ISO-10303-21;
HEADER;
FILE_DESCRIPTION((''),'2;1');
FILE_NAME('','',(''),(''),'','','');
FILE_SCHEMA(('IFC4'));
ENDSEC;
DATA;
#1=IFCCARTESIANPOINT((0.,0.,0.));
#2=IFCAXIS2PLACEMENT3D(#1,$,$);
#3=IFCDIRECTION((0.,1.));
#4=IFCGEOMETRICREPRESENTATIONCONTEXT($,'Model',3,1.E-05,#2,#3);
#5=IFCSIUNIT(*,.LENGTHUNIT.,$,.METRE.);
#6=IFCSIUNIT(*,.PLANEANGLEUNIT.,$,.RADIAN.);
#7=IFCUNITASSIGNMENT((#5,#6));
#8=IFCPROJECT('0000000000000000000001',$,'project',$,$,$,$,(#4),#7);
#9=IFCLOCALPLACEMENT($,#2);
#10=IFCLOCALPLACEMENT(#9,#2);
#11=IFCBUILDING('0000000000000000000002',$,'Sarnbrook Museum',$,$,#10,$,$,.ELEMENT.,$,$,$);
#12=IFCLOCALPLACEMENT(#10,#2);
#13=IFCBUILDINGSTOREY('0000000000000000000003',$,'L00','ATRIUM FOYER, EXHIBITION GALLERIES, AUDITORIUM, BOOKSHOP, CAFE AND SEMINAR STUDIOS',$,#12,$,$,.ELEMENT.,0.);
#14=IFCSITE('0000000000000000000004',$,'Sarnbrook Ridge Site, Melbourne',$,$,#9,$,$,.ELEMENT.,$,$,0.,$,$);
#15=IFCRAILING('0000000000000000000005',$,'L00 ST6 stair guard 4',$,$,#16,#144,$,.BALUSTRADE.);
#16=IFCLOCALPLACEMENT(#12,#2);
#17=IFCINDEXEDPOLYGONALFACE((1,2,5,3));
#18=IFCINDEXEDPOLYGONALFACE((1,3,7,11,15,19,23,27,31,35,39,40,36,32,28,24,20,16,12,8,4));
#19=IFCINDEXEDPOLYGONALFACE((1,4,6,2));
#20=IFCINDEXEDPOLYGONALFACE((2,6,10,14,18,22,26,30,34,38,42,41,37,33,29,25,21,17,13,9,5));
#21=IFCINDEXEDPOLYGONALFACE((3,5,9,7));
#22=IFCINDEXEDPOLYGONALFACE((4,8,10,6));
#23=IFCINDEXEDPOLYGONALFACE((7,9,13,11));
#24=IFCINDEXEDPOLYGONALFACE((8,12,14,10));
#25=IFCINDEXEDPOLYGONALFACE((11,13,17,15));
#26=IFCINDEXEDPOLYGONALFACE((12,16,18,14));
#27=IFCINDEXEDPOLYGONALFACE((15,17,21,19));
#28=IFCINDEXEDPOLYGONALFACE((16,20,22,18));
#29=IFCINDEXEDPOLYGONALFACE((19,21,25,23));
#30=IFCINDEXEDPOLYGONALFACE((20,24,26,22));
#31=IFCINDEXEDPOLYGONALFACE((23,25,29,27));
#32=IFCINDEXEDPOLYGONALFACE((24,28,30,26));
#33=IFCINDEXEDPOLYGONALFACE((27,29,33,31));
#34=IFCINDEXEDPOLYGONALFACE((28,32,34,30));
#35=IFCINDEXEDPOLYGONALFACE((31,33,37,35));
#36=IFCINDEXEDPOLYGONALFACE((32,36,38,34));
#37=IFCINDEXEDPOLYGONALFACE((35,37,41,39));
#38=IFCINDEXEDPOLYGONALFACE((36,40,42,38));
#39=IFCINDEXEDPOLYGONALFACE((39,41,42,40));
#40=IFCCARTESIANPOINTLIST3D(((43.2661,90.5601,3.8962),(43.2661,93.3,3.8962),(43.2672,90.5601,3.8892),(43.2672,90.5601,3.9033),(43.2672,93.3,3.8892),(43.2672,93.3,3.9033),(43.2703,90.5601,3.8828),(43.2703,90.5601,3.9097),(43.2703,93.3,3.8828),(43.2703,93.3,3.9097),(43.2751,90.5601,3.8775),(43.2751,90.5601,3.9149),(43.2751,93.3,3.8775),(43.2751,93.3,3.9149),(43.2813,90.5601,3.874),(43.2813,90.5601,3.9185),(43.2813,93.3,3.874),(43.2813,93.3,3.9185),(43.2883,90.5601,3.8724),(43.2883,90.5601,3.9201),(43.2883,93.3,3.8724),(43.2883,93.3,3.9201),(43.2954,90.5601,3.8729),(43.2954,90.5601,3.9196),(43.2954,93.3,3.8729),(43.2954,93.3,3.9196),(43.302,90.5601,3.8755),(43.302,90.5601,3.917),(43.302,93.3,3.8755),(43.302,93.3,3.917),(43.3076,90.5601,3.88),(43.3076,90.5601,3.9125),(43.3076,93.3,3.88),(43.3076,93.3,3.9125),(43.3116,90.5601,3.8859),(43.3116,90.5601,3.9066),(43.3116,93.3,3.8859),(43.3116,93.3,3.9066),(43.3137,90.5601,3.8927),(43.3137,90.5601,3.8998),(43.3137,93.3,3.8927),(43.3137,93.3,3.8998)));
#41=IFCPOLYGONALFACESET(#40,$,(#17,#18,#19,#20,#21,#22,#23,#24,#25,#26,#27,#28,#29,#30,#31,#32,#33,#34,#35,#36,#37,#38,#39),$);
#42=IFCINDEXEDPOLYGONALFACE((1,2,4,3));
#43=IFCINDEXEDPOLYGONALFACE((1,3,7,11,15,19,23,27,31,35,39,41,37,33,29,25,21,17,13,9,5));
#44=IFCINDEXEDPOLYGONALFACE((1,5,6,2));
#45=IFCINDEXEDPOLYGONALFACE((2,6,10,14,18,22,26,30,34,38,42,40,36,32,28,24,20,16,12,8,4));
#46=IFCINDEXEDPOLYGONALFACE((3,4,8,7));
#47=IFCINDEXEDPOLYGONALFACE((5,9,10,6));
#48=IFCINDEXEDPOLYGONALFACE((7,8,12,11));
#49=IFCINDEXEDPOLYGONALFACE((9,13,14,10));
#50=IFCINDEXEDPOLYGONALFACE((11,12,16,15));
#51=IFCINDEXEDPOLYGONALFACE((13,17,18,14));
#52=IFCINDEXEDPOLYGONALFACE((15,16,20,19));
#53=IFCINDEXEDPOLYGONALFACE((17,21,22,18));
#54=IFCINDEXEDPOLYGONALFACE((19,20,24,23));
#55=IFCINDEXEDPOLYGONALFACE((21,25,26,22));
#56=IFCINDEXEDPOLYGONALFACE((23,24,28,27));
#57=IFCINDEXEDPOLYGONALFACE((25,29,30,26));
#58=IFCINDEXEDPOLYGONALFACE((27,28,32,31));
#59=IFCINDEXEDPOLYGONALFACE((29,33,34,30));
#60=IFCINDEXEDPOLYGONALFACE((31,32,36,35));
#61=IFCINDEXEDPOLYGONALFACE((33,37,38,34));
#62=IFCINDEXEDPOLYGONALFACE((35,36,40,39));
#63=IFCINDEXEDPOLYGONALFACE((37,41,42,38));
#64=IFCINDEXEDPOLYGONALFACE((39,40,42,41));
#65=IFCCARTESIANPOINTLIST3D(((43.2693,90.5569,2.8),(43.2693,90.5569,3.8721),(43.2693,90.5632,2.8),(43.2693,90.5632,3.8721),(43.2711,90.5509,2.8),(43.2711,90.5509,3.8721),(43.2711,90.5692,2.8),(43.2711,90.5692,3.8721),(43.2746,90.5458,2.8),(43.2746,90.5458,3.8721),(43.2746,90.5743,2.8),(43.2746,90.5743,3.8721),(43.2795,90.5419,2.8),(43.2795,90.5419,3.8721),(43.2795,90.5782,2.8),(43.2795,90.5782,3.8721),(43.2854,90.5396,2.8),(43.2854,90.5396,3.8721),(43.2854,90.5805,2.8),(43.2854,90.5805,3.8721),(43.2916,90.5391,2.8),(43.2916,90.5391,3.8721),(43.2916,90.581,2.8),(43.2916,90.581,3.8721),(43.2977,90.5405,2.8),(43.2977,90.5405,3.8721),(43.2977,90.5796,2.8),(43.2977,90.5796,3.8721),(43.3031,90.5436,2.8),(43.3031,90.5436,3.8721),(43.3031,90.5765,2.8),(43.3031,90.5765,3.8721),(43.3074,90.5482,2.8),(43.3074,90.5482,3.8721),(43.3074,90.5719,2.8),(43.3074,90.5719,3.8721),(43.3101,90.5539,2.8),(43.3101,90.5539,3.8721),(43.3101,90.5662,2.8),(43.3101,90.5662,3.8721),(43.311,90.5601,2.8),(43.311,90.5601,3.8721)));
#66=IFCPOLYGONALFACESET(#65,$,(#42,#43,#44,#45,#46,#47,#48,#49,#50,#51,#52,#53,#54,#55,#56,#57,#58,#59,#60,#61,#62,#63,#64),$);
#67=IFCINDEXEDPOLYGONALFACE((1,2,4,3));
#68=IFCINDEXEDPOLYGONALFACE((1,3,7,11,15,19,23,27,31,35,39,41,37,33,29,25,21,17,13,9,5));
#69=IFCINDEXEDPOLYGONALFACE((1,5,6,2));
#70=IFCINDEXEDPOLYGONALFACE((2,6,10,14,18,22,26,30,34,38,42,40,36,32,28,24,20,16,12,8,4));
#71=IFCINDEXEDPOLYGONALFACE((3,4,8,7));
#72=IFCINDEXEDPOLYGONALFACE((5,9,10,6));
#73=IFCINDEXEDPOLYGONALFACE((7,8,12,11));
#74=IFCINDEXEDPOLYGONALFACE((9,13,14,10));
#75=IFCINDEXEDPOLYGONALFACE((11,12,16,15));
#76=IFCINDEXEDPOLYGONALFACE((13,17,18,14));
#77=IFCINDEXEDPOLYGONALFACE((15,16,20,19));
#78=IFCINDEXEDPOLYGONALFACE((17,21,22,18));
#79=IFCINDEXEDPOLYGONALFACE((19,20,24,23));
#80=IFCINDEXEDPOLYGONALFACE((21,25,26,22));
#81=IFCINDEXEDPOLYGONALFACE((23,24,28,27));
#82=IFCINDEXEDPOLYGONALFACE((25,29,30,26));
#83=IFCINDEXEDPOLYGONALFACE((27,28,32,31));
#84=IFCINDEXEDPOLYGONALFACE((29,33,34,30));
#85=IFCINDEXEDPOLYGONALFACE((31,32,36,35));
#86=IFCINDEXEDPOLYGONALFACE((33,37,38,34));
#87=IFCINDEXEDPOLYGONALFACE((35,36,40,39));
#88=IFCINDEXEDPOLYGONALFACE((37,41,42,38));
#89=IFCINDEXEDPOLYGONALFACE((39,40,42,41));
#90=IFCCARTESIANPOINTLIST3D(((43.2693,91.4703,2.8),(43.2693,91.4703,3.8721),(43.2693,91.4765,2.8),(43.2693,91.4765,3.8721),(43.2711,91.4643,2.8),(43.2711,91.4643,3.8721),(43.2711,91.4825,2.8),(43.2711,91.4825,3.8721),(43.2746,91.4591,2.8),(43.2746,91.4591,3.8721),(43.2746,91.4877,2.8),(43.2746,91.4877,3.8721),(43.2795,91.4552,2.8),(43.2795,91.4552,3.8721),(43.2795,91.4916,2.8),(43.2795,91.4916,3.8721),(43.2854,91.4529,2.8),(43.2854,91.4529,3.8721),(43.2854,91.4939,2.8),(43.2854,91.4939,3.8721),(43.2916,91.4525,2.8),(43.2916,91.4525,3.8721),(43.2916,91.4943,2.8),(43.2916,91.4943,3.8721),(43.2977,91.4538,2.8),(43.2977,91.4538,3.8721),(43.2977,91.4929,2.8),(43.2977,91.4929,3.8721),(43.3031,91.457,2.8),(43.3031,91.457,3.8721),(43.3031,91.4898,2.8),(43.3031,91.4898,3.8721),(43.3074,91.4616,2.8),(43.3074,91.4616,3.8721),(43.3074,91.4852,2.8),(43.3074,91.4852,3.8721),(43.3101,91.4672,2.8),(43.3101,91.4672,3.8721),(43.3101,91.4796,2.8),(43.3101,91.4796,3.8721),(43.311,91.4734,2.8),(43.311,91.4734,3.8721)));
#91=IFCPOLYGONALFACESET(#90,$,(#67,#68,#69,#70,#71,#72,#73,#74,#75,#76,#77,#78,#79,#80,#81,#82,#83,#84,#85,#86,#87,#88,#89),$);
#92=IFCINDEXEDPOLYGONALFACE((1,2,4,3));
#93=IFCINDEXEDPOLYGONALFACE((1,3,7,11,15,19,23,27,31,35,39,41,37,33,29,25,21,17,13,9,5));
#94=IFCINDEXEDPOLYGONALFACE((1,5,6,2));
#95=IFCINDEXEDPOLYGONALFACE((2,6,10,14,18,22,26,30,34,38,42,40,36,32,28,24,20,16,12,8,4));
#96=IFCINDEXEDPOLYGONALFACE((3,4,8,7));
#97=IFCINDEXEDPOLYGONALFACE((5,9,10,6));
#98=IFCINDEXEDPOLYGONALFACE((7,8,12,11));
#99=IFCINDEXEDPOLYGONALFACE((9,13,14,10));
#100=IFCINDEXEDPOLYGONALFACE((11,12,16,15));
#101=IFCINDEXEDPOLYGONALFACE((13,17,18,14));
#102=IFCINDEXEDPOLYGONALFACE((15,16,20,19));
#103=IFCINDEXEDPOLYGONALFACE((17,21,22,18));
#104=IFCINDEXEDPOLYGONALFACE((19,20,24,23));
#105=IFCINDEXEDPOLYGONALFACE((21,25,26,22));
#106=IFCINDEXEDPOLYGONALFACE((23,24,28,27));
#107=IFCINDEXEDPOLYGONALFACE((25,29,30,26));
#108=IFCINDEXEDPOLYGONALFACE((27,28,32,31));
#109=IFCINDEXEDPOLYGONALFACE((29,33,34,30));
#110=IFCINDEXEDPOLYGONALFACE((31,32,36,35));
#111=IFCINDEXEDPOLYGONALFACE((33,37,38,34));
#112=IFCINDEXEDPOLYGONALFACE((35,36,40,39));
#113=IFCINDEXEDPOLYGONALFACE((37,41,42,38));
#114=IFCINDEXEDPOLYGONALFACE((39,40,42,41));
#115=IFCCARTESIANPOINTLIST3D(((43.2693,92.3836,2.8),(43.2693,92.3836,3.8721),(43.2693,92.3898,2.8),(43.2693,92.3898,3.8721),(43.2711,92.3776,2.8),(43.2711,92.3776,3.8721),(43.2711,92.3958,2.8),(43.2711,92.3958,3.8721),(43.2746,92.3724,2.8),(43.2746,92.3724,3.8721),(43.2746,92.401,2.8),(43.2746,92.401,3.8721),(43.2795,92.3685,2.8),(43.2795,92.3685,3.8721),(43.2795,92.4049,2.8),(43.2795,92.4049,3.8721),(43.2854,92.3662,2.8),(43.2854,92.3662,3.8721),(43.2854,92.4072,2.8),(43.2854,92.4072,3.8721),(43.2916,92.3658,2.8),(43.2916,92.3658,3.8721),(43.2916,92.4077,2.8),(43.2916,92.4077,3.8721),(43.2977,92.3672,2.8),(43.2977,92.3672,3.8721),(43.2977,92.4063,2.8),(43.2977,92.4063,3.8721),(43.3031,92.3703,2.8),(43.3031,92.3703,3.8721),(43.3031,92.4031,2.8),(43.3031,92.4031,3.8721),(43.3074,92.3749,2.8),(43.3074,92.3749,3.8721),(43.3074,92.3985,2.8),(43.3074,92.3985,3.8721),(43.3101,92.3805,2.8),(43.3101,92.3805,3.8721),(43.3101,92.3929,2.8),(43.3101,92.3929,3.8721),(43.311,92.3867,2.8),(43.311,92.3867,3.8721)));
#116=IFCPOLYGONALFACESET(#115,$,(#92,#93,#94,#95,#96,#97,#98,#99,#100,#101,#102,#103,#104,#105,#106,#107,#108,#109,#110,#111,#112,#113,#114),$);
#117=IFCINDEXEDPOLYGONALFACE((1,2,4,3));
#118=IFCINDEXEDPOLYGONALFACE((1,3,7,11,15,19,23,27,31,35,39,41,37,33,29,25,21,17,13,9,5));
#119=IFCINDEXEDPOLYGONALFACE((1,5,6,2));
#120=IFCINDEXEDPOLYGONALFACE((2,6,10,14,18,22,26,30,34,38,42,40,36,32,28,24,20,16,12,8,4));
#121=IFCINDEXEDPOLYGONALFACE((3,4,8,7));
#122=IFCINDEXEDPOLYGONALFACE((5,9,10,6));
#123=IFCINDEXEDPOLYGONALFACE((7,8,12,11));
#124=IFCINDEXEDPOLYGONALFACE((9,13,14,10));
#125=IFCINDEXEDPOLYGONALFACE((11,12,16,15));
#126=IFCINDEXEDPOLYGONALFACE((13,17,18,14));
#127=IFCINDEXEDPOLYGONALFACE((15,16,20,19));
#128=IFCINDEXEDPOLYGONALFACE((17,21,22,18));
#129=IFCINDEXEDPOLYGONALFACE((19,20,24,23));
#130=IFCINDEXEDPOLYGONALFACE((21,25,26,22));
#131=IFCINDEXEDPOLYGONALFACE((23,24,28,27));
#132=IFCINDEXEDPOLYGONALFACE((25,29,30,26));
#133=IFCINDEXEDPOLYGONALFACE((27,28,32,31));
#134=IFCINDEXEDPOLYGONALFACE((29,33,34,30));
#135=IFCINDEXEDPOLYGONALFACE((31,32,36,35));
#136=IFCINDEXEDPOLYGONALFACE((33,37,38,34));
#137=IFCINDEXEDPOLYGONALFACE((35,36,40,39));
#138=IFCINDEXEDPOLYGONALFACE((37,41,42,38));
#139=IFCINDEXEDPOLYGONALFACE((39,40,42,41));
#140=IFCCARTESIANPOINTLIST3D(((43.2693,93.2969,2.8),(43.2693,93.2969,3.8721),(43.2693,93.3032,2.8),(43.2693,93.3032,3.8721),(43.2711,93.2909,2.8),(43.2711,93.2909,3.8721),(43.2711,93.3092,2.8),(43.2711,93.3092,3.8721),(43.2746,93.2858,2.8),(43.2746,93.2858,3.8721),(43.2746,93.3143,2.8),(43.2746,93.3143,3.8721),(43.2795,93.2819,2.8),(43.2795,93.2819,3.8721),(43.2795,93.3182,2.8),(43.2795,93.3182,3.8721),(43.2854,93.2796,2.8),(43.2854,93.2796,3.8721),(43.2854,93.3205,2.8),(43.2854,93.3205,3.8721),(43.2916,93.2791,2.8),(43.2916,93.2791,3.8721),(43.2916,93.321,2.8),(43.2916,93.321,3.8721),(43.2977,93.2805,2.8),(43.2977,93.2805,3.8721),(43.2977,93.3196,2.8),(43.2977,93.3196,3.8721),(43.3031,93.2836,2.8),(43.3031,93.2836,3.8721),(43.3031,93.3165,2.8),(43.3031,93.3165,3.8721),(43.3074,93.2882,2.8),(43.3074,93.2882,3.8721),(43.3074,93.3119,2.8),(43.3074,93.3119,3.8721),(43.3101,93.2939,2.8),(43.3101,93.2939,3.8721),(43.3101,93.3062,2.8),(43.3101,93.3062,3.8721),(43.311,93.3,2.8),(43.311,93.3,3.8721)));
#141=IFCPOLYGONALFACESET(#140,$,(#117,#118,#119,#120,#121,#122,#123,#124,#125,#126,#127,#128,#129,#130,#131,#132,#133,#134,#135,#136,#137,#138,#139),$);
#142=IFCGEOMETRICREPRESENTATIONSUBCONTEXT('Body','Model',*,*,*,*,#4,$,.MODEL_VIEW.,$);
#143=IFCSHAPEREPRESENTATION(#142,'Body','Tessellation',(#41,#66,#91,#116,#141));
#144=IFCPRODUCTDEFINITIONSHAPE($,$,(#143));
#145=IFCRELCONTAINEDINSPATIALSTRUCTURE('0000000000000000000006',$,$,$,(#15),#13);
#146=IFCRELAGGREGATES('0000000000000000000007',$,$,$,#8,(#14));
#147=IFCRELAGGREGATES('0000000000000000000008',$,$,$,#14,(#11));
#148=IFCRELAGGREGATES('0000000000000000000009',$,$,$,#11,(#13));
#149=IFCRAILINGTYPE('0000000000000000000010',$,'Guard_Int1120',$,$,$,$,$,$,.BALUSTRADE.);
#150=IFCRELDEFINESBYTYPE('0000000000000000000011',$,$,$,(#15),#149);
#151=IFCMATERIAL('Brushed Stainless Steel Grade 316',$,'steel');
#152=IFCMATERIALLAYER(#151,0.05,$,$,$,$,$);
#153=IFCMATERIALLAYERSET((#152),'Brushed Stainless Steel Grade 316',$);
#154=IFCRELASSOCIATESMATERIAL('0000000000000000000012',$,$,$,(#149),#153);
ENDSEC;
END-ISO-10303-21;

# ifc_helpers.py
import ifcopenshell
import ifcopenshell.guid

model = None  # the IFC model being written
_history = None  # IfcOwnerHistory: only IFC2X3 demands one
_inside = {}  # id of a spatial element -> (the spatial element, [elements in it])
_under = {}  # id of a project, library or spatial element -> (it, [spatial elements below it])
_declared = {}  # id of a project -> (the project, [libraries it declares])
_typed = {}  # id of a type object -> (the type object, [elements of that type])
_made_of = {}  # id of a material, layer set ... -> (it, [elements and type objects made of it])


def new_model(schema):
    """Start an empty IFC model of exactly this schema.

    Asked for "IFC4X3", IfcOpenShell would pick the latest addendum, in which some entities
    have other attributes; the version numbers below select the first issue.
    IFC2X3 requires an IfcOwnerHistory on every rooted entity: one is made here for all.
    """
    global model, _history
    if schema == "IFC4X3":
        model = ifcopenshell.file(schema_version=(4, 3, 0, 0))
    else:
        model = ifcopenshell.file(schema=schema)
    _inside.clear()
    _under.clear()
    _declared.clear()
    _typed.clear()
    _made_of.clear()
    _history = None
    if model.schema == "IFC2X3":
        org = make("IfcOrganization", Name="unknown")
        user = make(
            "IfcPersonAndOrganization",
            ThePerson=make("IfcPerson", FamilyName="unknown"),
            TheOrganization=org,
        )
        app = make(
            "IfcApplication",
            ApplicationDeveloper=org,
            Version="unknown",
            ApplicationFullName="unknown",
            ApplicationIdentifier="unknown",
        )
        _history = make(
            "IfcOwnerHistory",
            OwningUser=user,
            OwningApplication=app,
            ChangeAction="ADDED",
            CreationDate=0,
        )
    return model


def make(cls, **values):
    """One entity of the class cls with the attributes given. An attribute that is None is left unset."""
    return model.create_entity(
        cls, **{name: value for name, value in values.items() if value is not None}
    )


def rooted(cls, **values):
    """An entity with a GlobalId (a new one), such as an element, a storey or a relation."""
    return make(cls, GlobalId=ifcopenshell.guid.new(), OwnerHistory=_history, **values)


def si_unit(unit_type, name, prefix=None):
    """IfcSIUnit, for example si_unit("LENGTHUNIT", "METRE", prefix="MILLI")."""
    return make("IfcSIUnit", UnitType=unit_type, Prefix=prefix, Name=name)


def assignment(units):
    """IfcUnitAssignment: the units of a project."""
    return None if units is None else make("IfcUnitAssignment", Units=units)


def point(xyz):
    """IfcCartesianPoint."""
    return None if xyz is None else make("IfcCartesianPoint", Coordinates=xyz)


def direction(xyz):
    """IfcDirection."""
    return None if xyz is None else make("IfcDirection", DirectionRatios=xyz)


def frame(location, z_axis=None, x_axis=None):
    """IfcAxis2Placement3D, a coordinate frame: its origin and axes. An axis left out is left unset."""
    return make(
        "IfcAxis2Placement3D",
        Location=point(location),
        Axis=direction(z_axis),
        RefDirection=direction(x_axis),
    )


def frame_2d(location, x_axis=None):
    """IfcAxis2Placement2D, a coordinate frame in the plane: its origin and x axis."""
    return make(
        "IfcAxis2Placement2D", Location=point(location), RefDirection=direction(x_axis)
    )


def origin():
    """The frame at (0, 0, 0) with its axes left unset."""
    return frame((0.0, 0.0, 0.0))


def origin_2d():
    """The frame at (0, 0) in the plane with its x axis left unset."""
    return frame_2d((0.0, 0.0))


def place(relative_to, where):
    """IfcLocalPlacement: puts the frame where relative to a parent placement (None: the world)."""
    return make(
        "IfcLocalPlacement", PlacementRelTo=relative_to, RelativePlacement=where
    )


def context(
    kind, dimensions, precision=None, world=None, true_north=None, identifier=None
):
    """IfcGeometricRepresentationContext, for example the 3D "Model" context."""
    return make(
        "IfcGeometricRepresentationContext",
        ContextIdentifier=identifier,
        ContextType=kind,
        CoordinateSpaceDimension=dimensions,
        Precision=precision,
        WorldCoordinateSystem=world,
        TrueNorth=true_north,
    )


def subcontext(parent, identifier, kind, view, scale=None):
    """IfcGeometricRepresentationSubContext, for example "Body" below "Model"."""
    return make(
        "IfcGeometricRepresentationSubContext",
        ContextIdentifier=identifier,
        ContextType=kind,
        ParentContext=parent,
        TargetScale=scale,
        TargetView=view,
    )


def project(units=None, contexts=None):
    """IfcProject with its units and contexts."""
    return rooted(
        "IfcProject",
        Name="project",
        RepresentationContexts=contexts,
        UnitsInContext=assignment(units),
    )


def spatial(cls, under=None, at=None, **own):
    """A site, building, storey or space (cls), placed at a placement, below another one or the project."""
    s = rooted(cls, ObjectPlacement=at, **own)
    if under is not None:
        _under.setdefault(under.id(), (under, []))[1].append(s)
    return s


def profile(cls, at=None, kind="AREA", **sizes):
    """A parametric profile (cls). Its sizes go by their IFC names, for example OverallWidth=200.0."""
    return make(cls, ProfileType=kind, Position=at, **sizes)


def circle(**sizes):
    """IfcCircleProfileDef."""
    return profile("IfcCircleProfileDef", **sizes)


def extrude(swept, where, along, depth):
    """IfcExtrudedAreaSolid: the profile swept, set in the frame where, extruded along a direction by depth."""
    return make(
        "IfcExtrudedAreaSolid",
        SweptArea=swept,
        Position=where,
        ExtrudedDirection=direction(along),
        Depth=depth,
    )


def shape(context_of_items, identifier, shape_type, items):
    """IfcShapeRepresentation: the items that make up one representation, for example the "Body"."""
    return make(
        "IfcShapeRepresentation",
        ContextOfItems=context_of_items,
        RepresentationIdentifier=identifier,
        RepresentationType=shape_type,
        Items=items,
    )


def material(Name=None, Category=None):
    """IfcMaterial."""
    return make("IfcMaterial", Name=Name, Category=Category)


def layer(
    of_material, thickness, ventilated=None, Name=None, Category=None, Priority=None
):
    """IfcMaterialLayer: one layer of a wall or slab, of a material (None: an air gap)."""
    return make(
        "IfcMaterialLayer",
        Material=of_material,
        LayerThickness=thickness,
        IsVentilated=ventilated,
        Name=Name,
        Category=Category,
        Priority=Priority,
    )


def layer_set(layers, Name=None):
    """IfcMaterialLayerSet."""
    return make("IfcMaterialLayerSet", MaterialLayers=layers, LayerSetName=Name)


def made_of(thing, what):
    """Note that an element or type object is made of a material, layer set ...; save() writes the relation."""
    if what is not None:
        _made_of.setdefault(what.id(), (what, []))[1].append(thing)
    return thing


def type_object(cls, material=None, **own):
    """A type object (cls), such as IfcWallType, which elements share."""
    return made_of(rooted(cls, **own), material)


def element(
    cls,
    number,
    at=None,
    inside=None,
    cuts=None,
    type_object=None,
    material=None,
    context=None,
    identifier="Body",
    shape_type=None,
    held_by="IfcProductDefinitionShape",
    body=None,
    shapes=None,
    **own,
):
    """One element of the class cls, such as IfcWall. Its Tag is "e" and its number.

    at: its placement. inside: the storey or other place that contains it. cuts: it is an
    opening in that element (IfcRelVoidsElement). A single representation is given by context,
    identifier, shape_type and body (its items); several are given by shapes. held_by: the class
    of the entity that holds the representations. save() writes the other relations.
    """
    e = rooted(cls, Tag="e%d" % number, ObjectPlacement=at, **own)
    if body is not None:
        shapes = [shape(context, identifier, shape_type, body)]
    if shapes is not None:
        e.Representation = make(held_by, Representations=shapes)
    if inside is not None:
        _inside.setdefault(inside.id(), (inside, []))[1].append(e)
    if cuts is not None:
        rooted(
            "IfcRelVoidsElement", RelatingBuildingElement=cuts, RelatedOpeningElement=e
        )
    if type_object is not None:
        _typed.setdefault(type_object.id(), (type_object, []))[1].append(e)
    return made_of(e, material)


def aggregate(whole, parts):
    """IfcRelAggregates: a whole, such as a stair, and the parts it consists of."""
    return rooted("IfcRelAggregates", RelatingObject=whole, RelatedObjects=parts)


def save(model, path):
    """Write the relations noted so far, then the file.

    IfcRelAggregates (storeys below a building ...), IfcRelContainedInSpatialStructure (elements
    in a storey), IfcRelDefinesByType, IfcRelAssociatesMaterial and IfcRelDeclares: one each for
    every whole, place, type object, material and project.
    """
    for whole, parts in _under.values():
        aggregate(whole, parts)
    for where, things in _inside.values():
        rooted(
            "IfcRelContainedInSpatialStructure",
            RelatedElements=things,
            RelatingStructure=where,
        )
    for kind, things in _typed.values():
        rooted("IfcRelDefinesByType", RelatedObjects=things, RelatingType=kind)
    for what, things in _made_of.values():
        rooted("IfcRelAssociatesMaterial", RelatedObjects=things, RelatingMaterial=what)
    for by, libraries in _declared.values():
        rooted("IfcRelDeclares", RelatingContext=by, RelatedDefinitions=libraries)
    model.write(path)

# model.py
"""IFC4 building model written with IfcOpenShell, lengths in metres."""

from ifc_helpers import new_model, si_unit, direction, frame, origin, origin_2d, place, context, subcontext, project, spatial, circle, extrude, material, layer, layer_set, type_object, element, save


model = new_model("IFC4")

# Units and contexts
model_context = context("Model", 3, precision=1e-05, world=origin(), true_north=direction((0.0, 1.0)))
body_context = subcontext(model_context, "Body", "Model", "MODEL_VIEW")
ifc_project = project(units=[si_unit("LENGTHUNIT", "METRE"), si_unit("PLANEANGLEUNIT", "RADIAN")], contexts=[model_context])

# Site, building, storey
site_placement = place(None, origin())
site = spatial("IfcSite", under=ifc_project, at=site_placement, Name="Sarnbrook Ridge Site, Melbourne", CompositionType="ELEMENT", RefElevation=0.0)
building_placement = place(site_placement, origin())
building = spatial("IfcBuilding", under=site, at=building_placement, Name="Sarnbrook Museum", CompositionType="ELEMENT")
storey_placement = place(building_placement, origin())
storey = spatial("IfcBuildingStorey", under=building, at=storey_placement, Name="L00", Description="ATRIUM FOYER, EXHIBITION GALLERIES, AUDITORIUM, BOOKSHOP, CAFE AND SEMINAR STUDIOS", CompositionType="ELEMENT", Elevation=0.0)

# Shared definitions
ifc_material_1 = material(Name="Brushed Stainless Steel Grade 316", Category="steel")

# Railing
ifc_layer_1 = layer(ifc_material_1, 0.05)
ifc_layer_set_1 = layer_set([ifc_layer_1], Name="Brushed Stainless Steel Grade 316")
railing_type_1 = type_object("IfcRailingType", Name="Guard_Int1120", PredefinedType="BALUSTRADE", material=ifc_layer_set_1)
railing_1_placement = place(storey_placement, frame((43.29, 90.5601, 2.8)))
element("IfcRailing", 1, at=railing_1_placement, inside=storey, type_object=railing_type_1, Name="L00 ST6 stair guard 4", PredefinedType="BALUSTRADE", context=body_context, shape_type="SweptSolid", body=[
    extrude(circle(Radius=0.0239, at=origin_2d()), frame((0.0, 0.0, 1.0962), z_axis=(0.0, 1.0, 0.0), x_axis=(-1.0, 0.0, 0.0)), (0.0, 0.0, 1.0), 2.74),
    extrude(circle(Radius=0.021, at=origin_2d()), origin(), (0.0, 0.0, 1.0), 1.072),
    extrude(circle(Radius=0.021, at=origin_2d()), frame((0.0, 0.9133, 0.0)), (0.0, 0.0, 1.0), 1.072),
    extrude(circle(Radius=0.021, at=origin_2d()), frame((0.0, 1.8267, 0.0)), (0.0, 0.0, 1.0), 1.072),
    extrude(circle(Radius=0.021, at=origin_2d()), frame((0.0, 2.74, 0.0)), (0.0, 0.0, 1.0), 1.072),
])

save(model, "model.ifc")
